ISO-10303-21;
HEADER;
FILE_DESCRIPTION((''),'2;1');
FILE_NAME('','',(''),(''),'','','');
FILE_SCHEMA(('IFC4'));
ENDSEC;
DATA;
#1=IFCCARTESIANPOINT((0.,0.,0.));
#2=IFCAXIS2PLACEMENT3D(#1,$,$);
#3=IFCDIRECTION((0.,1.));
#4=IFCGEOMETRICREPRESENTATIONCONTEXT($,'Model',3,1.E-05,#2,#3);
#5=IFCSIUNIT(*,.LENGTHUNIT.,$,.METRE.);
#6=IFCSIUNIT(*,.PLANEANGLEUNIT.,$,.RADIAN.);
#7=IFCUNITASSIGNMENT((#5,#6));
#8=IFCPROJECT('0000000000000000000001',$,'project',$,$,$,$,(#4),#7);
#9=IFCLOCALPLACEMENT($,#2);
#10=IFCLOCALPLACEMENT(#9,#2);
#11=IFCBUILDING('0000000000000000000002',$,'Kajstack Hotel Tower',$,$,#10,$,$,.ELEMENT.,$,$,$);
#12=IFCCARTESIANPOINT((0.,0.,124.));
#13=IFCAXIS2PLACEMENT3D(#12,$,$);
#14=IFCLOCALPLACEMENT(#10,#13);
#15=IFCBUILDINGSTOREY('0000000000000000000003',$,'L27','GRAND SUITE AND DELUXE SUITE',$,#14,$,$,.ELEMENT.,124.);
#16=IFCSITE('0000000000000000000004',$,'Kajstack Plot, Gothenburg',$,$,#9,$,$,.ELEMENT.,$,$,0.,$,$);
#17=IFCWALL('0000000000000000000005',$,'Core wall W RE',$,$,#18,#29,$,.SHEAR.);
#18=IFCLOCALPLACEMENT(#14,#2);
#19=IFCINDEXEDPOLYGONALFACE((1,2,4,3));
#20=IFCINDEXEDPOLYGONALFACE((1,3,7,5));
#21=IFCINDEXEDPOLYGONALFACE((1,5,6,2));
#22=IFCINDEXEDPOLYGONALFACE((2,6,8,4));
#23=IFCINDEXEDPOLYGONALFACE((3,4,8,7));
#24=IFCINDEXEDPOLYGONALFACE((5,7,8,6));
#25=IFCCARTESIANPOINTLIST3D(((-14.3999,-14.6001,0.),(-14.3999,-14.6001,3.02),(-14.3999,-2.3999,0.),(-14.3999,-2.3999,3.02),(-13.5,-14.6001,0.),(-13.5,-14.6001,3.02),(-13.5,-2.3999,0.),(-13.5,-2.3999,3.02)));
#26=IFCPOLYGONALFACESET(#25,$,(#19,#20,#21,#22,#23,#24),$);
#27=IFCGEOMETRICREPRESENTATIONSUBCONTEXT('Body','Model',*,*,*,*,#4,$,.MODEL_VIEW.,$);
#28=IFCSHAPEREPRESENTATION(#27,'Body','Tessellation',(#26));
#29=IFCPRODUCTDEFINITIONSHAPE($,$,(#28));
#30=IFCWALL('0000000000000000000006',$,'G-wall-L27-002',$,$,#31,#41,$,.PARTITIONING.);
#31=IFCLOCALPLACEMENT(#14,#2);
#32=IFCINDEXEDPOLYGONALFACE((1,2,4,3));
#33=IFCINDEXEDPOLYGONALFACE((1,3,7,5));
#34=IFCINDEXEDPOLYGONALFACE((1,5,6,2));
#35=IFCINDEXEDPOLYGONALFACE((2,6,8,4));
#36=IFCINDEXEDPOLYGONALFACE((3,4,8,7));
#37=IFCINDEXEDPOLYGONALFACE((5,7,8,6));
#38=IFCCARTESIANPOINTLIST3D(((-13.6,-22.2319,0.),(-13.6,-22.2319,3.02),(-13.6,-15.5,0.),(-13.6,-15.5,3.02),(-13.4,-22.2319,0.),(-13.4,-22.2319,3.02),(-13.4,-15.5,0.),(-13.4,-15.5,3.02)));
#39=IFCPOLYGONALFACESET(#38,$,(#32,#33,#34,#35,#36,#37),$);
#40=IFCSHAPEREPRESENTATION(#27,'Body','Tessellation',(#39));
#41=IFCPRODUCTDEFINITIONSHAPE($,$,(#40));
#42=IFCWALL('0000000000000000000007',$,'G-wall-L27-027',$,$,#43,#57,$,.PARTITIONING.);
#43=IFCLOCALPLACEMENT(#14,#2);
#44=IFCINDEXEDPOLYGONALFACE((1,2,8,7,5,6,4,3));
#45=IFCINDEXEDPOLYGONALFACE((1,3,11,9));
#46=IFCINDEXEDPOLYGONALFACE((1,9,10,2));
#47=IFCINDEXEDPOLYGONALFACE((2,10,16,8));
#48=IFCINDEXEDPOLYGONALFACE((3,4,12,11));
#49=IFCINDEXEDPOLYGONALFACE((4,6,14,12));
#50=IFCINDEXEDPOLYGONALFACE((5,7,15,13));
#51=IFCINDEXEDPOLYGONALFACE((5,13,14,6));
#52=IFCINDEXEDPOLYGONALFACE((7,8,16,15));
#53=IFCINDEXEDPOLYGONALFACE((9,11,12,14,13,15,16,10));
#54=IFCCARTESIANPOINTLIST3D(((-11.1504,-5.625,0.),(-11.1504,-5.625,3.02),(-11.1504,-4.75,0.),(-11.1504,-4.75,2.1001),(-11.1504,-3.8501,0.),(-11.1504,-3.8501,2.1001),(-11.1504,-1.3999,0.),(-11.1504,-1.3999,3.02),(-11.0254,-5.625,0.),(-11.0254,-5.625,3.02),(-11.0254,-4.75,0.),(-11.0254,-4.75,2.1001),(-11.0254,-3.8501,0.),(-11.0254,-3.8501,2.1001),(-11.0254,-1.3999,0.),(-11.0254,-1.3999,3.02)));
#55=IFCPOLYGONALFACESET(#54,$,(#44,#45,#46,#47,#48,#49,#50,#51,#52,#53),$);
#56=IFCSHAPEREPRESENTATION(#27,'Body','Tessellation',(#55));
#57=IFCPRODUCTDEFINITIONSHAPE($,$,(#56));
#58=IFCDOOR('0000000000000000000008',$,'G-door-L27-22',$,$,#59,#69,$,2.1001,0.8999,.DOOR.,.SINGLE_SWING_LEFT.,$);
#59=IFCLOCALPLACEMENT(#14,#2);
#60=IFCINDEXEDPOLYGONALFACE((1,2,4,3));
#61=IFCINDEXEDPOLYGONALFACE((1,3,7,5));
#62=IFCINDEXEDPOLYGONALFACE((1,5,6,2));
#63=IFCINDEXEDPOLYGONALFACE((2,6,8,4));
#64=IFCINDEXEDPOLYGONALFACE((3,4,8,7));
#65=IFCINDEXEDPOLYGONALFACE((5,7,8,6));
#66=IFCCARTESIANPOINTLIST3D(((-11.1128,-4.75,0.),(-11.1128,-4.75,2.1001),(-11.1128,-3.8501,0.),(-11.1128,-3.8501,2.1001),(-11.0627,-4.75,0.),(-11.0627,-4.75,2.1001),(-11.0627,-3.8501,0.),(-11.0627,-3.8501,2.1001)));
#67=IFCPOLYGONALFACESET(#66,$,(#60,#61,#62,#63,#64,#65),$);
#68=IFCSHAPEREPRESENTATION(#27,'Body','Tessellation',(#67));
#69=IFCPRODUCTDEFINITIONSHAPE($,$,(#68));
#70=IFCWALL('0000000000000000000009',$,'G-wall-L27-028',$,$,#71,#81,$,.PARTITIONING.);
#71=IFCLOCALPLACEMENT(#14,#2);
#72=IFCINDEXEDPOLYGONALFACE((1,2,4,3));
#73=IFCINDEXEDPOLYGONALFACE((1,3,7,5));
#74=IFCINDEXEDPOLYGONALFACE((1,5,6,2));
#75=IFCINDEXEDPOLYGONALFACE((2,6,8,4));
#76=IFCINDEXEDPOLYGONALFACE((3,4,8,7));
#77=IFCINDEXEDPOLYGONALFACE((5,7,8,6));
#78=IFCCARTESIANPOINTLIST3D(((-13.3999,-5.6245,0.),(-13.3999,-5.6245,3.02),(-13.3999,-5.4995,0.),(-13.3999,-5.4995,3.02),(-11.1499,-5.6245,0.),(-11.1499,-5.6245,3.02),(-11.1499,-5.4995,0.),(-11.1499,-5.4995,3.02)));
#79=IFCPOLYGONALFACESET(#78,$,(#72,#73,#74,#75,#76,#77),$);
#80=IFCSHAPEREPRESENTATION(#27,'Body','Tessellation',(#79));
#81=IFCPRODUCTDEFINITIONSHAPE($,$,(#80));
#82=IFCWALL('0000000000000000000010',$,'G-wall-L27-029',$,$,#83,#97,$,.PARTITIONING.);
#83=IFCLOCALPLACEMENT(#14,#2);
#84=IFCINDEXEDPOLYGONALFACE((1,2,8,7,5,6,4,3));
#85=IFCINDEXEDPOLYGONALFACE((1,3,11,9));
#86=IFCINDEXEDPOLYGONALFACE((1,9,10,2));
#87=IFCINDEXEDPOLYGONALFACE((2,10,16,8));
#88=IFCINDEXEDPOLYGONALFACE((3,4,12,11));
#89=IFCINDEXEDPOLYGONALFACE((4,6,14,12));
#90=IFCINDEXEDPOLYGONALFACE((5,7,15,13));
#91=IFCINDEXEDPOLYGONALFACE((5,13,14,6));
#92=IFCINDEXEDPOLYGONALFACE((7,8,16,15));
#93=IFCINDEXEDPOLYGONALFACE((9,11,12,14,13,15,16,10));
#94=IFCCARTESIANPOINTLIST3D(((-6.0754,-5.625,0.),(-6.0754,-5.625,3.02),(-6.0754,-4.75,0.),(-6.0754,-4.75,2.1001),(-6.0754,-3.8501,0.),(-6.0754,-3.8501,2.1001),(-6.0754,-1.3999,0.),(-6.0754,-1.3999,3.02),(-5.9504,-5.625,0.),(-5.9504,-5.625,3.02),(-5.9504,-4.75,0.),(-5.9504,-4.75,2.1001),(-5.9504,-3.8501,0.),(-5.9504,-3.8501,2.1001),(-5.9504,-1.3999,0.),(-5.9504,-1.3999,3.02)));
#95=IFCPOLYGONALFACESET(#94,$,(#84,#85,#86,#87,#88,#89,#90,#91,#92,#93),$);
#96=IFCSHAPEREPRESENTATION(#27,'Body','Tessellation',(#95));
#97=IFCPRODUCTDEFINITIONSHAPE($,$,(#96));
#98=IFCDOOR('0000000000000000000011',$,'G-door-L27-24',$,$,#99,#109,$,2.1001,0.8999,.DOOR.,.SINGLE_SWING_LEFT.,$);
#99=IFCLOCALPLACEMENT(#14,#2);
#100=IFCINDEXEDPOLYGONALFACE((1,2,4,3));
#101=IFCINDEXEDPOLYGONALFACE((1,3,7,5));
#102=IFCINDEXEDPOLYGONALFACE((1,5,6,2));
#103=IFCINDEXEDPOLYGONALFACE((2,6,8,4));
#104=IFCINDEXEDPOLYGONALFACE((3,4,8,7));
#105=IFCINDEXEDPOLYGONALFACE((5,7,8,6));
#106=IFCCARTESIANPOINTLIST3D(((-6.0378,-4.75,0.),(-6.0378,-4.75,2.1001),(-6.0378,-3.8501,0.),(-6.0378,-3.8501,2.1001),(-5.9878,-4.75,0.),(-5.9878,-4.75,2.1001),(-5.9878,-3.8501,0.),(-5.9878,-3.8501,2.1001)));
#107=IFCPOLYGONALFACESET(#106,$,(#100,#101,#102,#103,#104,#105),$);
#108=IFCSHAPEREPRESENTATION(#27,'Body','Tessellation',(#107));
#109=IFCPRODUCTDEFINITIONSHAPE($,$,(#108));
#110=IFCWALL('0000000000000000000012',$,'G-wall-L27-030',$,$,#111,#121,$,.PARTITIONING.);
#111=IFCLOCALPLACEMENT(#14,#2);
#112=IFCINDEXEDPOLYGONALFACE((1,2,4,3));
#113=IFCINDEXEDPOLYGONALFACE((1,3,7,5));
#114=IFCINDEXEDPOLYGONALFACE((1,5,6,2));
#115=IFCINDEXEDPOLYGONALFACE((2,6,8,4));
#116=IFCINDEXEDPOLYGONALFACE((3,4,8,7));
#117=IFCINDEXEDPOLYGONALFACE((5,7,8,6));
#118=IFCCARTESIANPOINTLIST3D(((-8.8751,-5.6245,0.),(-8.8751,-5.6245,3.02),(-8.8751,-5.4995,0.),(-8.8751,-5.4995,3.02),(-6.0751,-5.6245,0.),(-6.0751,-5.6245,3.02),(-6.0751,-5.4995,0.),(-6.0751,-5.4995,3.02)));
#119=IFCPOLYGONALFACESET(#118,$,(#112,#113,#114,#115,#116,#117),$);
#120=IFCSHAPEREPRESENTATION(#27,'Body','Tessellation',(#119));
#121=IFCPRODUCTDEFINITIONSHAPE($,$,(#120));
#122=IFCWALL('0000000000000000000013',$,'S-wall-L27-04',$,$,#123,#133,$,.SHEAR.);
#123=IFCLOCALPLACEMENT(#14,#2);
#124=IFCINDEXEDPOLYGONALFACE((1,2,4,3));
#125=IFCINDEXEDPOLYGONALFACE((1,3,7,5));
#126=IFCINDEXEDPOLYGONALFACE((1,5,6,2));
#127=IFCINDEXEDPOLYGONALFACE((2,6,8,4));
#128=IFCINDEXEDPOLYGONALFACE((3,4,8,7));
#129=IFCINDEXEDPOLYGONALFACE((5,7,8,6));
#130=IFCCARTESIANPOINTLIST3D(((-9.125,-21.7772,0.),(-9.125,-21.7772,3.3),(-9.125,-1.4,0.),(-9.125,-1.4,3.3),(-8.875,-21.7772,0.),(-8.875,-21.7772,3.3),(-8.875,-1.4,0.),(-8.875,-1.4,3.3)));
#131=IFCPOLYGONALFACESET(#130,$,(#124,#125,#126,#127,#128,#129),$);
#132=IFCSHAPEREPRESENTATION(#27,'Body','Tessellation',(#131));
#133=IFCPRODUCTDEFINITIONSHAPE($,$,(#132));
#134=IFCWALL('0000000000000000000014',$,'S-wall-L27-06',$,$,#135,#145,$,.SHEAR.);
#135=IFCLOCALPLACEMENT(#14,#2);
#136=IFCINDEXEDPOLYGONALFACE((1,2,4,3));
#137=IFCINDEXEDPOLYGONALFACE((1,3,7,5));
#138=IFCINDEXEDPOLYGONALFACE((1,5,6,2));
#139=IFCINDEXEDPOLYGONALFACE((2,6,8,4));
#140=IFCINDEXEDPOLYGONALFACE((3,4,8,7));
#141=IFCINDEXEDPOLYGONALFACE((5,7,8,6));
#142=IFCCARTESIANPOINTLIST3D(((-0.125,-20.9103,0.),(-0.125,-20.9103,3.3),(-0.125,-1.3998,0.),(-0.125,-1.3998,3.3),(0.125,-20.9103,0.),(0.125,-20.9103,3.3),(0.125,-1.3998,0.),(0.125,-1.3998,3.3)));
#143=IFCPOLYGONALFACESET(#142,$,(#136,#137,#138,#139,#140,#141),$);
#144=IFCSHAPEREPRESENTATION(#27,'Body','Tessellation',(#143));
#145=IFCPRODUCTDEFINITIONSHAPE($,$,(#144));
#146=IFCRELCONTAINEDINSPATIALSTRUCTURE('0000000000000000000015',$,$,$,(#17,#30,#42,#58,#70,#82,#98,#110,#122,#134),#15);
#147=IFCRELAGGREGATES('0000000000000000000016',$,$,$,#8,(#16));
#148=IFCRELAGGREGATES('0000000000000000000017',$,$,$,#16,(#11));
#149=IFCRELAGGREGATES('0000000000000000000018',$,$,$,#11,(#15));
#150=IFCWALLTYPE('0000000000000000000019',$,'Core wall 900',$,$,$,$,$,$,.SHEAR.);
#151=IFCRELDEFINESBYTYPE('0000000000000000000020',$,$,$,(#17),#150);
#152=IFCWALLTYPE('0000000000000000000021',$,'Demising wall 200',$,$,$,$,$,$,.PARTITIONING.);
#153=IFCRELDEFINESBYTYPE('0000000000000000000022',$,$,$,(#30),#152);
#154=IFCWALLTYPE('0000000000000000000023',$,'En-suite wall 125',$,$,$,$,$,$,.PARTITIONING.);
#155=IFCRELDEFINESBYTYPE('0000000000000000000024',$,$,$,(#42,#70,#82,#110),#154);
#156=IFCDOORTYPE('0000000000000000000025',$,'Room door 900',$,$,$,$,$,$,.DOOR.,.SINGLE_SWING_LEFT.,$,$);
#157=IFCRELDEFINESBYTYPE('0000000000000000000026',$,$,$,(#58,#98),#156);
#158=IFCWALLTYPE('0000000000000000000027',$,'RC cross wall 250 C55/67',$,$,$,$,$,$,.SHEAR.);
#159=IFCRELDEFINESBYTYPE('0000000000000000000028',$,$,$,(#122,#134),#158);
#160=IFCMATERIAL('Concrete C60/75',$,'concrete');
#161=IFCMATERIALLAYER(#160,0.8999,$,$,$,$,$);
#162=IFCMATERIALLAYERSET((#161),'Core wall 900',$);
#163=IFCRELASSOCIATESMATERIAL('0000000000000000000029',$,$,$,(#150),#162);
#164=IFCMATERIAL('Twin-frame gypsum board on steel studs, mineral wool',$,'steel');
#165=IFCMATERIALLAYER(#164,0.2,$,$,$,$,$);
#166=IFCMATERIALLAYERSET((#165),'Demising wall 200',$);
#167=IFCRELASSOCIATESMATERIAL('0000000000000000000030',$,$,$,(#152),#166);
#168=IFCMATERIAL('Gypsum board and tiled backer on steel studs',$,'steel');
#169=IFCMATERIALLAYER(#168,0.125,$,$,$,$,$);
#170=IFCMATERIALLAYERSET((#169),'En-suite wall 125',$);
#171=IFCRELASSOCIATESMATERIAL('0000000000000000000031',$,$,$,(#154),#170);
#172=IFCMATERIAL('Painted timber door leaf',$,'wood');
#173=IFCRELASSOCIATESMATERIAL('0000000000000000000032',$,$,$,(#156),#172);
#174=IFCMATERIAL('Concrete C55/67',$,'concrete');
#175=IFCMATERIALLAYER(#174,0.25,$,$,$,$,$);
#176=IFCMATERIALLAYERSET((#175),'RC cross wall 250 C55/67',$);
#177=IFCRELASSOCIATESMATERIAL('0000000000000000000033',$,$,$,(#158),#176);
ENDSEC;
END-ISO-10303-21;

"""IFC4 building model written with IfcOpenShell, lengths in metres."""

from ifc_helpers import new_model, si_unit, direction, frame, frame_2d, origin, place, context, subcontext, project, spatial, rectangle, extrude, material, layer, layer_set, type_object, element, fill, save


model = new_model("IFC4")

# Units and contexts
model_context = context("Model", 3, precision=1e-05, world=origin(), true_north=direction((0.0, 1.0)))
body_context = subcontext(model_context, "Body", "Model", "MODEL_VIEW")
ifc_project = project(units=[si_unit("LENGTHUNIT", "METRE"), si_unit("PLANEANGLEUNIT", "RADIAN")], contexts=[model_context])

# Site, building, storey
site_placement = place(None, origin())
site = spatial("IfcSite", under=ifc_project, at=site_placement, Name="Kajstack Plot, Gothenburg", CompositionType="ELEMENT", RefElevation=0.0)
building_placement = place(site_placement, origin())
building = spatial("IfcBuilding", under=site, at=building_placement, Name="Kajstack Hotel Tower", CompositionType="ELEMENT")
storey_placement = place(building_placement, frame((0.0, 0.0, 124.0)))
storey = spatial("IfcBuildingStorey", under=building, at=storey_placement, Name="L27", Description="GRAND SUITE AND DELUXE SUITE", CompositionType="ELEMENT", Elevation=124.0)

# Walls
ifc_material_1 = material(Name="Concrete C60/75", Category="concrete")
ifc_layer_1 = layer(ifc_material_1, 0.8999)
ifc_layer_set_1 = layer_set([ifc_layer_1], Name="Core wall 900")
wall_type_1 = type_object("IfcWallType", Name="Core wall 900", PredefinedType="SHEAR", material=ifc_layer_set_1)
wall_1_placement = place(storey_placement, frame((-13.95, -14.6001, 0.0), z_axis=(0.0, 0.0, 1.0), x_axis=(0.0, 1.0, 0.0)))
element("IfcWall", 1, at=wall_1_placement, inside=storey, type_object=wall_type_1, Name="Core wall W RE", PredefinedType="SHEAR", context=body_context, shape_type="SweptSolid", body=[
    extrude(rectangle(XDim=12.2002, YDim=0.8999, at=frame_2d((6.1001, 0.0))), origin(), (0.0, 0.0, 1.0), 3.02),
])
ifc_material_2 = material(Name="Twin-frame gypsum board on steel studs, mineral wool", Category="steel")
ifc_layer_2 = layer(ifc_material_2, 0.2)
ifc_layer_set_2 = layer_set([ifc_layer_2], Name="Demising wall 200")
wall_type_2 = type_object("IfcWallType", Name="Demising wall 200", PredefinedType="PARTITIONING", material=ifc_layer_set_2)
wall_2_placement = place(storey_placement, frame((-13.5, -22.2319, 0.0), z_axis=(0.0, 0.0, 1.0), x_axis=(0.0, 1.0, 0.0)))
element("IfcWall", 2, at=wall_2_placement, inside=storey, type_object=wall_type_2, Name="G-wall-L27-002", PredefinedType="PARTITIONING", context=body_context, shape_type="SweptSolid", body=[
    extrude(rectangle(XDim=6.7319, YDim=0.2, at=frame_2d((3.366, 0.0))), origin(), (0.0, 0.0, 1.0), 3.02),
])

# Wall, opening, door
ifc_material_3 = material(Name="Gypsum board and tiled backer on steel studs", Category="steel")
ifc_layer_3 = layer(ifc_material_3, 0.125)
ifc_layer_set_3 = layer_set([ifc_layer_3], Name="En-suite wall 125")
wall_type_3 = type_object("IfcWallType", Name="En-suite wall 125", PredefinedType="PARTITIONING", material=ifc_layer_set_3)
wall_3_placement = place(storey_placement, frame((-11.0879, -5.625, 0.0), z_axis=(0.0, 0.0, 1.0), x_axis=(0.0, 1.0, 0.0)))
wall_3 = element("IfcWall", 3, at=wall_3_placement, inside=storey, type_object=wall_type_3, Name="G-wall-L27-027", PredefinedType="PARTITIONING", context=body_context, shape_type="SweptSolid", body=[
    extrude(rectangle(XDim=4.2251, YDim=0.125, at=frame_2d((2.1125, 0.0))), origin(), (0.0, 0.0, 1.0), 3.02),
])
opening_1_placement = place(wall_3_placement, frame((0.875, 0.0, 0.0)))
opening_1 = element("IfcOpeningElement", 4, at=opening_1_placement, cuts=wall_3, PredefinedType="OPENING", context=body_context, shape_type="SweptSolid", body=[
    extrude(rectangle(XDim=0.8999, YDim=2.1001, at=frame_2d((0.45, 1.05))), frame((0.0, 0.0725, 0.0), z_axis=(0.0, -1.0, 0.0), x_axis=(1.0, 0.0, 0.0)), (0.0, 0.0, 1.0), 0.145),
])
ifc_material_4 = material(Name="Painted timber door leaf", Category="wood")
door_type = type_object("IfcDoorType", Name="Room door 900", OperationType="SINGLE_SWING_LEFT", PredefinedType="DOOR", material=ifc_material_4)
door_1_placement = place(opening_1_placement, origin())
door_1 = element("IfcDoor", 5, at=door_1_placement, inside=storey, type_object=door_type, Name="G-door-L27-22", OperationType="SINGLE_SWING_LEFT", OverallHeight=2.1001, OverallWidth=0.8999, PredefinedType="DOOR", context=body_context, shape_type="SweptSolid", body=[
    extrude(rectangle(XDim=0.8999, YDim=2.1001, at=frame_2d((0.45, 1.05))), frame((0.0, 0.0249, 0.0), z_axis=(0.0, -1.0, 0.0), x_axis=(1.0, 0.0, 0.0)), (0.0, 0.0, 1.0), 0.05),
])
fill(opening_1, door_1)

# Wall
wall_4_placement = place(storey_placement, frame((-13.3999, -5.562, 0.0), z_axis=(0.0, 0.0, 1.0), x_axis=(1.0, 0.0, 0.0)))
element("IfcWall", 6, at=wall_4_placement, inside=storey, type_object=wall_type_3, Name="G-wall-L27-028", PredefinedType="PARTITIONING", context=body_context, shape_type="SweptSolid", body=[
    extrude(rectangle(XDim=2.25, YDim=0.125, at=frame_2d((1.125, 0.0))), origin(), (0.0, 0.0, 1.0), 3.02),
])

# Wall, opening, door
wall_5_placement = place(storey_placement, frame((-6.0129, -5.625, 0.0), z_axis=(0.0, 0.0, 1.0), x_axis=(0.0, 1.0, 0.0)))
wall_5 = element("IfcWall", 7, at=wall_5_placement, inside=storey, type_object=wall_type_3, Name="G-wall-L27-029", PredefinedType="PARTITIONING", context=body_context, shape_type="SweptSolid", body=[
    extrude(rectangle(XDim=4.2251, YDim=0.125, at=frame_2d((2.1125, 0.0))), origin(), (0.0, 0.0, 1.0), 3.02),
])
opening_2_placement = place(wall_5_placement, frame((0.875, 0.0, 0.0)))
opening_2 = element("IfcOpeningElement", 8, at=opening_2_placement, cuts=wall_5, PredefinedType="OPENING", context=body_context, shape_type="SweptSolid", body=[
    extrude(rectangle(XDim=0.8999, YDim=2.1001, at=frame_2d((0.45, 1.05))), frame((0.0, 0.0725, 0.0), z_axis=(0.0, -1.0, 0.0), x_axis=(1.0, 0.0, 0.0)), (0.0, 0.0, 1.0), 0.145),
])
door_2_placement = place(opening_2_placement, origin())
door_2 = element("IfcDoor", 9, at=door_2_placement, inside=storey, type_object=door_type, Name="G-door-L27-24", OperationType="SINGLE_SWING_LEFT", OverallHeight=2.1001, OverallWidth=0.8999, PredefinedType="DOOR", context=body_context, shape_type="SweptSolid", body=[
    extrude(rectangle(XDim=0.8999, YDim=2.1001, at=frame_2d((0.45, 1.05))), frame((0.0, 0.0249, 0.0), z_axis=(0.0, -1.0, 0.0), x_axis=(1.0, 0.0, 0.0)), (0.0, 0.0, 1.0), 0.05),
])
fill(opening_2, door_2)

# Walls
wall_6_placement = place(storey_placement, frame((-8.875, -5.562, 0.0), z_axis=(0.0, 0.0, 1.0), x_axis=(1.0, 0.0, 0.0)))
element("IfcWall", 10, at=wall_6_placement, inside=storey, type_object=wall_type_3, Name="G-wall-L27-030", PredefinedType="PARTITIONING", context=body_context, shape_type="SweptSolid", body=[
    extrude(rectangle(XDim=2.8, YDim=0.125, at=frame_2d((1.3999, 0.0))), origin(), (0.0, 0.0, 1.0), 3.02),
])
ifc_material_5 = material(Name="Concrete C55/67", Category="concrete")
ifc_layer_4 = layer(ifc_material_5, 0.25)
ifc_layer_set_4 = layer_set([ifc_layer_4], Name="RC cross wall 250 C55/67")
wall_type_4 = type_object("IfcWallType", Name="RC cross wall 250 C55/67", PredefinedType="SHEAR", material=ifc_layer_set_4)
wall_7_placement = place(storey_placement, frame((-9.0, -21.7771, 0.0), z_axis=(0.0, 0.0, 1.0), x_axis=(0.0, 1.0, 0.0)))
element("IfcWall", 11, at=wall_7_placement, inside=storey, type_object=wall_type_4, Name="S-wall-L27-04", PredefinedType="SHEAR", context=body_context, shape_type="SweptSolid", body=[
    extrude(rectangle(XDim=20.3772, YDim=0.25, at=frame_2d((10.1885, 0.0))), origin(), (0.0, 0.0, 1.0), 3.3),
])
wall_8_placement = place(storey_placement, frame((0.0, -20.9104, 0.0), z_axis=(0.0, 0.0, 1.0), x_axis=(0.0, 1.0, 0.0)))
element("IfcWall", 12, at=wall_8_placement, inside=storey, type_object=wall_type_4, Name="S-wall-L27-06", PredefinedType="SHEAR", context=body_context, shape_type="SweptSolid", body=[
    extrude(rectangle(XDim=19.5105, YDim=0.25, at=frame_2d((9.7554, 0.0))), origin(), (0.0, 0.0, 1.0), 3.3),
])

save(model, "model.ifc")
